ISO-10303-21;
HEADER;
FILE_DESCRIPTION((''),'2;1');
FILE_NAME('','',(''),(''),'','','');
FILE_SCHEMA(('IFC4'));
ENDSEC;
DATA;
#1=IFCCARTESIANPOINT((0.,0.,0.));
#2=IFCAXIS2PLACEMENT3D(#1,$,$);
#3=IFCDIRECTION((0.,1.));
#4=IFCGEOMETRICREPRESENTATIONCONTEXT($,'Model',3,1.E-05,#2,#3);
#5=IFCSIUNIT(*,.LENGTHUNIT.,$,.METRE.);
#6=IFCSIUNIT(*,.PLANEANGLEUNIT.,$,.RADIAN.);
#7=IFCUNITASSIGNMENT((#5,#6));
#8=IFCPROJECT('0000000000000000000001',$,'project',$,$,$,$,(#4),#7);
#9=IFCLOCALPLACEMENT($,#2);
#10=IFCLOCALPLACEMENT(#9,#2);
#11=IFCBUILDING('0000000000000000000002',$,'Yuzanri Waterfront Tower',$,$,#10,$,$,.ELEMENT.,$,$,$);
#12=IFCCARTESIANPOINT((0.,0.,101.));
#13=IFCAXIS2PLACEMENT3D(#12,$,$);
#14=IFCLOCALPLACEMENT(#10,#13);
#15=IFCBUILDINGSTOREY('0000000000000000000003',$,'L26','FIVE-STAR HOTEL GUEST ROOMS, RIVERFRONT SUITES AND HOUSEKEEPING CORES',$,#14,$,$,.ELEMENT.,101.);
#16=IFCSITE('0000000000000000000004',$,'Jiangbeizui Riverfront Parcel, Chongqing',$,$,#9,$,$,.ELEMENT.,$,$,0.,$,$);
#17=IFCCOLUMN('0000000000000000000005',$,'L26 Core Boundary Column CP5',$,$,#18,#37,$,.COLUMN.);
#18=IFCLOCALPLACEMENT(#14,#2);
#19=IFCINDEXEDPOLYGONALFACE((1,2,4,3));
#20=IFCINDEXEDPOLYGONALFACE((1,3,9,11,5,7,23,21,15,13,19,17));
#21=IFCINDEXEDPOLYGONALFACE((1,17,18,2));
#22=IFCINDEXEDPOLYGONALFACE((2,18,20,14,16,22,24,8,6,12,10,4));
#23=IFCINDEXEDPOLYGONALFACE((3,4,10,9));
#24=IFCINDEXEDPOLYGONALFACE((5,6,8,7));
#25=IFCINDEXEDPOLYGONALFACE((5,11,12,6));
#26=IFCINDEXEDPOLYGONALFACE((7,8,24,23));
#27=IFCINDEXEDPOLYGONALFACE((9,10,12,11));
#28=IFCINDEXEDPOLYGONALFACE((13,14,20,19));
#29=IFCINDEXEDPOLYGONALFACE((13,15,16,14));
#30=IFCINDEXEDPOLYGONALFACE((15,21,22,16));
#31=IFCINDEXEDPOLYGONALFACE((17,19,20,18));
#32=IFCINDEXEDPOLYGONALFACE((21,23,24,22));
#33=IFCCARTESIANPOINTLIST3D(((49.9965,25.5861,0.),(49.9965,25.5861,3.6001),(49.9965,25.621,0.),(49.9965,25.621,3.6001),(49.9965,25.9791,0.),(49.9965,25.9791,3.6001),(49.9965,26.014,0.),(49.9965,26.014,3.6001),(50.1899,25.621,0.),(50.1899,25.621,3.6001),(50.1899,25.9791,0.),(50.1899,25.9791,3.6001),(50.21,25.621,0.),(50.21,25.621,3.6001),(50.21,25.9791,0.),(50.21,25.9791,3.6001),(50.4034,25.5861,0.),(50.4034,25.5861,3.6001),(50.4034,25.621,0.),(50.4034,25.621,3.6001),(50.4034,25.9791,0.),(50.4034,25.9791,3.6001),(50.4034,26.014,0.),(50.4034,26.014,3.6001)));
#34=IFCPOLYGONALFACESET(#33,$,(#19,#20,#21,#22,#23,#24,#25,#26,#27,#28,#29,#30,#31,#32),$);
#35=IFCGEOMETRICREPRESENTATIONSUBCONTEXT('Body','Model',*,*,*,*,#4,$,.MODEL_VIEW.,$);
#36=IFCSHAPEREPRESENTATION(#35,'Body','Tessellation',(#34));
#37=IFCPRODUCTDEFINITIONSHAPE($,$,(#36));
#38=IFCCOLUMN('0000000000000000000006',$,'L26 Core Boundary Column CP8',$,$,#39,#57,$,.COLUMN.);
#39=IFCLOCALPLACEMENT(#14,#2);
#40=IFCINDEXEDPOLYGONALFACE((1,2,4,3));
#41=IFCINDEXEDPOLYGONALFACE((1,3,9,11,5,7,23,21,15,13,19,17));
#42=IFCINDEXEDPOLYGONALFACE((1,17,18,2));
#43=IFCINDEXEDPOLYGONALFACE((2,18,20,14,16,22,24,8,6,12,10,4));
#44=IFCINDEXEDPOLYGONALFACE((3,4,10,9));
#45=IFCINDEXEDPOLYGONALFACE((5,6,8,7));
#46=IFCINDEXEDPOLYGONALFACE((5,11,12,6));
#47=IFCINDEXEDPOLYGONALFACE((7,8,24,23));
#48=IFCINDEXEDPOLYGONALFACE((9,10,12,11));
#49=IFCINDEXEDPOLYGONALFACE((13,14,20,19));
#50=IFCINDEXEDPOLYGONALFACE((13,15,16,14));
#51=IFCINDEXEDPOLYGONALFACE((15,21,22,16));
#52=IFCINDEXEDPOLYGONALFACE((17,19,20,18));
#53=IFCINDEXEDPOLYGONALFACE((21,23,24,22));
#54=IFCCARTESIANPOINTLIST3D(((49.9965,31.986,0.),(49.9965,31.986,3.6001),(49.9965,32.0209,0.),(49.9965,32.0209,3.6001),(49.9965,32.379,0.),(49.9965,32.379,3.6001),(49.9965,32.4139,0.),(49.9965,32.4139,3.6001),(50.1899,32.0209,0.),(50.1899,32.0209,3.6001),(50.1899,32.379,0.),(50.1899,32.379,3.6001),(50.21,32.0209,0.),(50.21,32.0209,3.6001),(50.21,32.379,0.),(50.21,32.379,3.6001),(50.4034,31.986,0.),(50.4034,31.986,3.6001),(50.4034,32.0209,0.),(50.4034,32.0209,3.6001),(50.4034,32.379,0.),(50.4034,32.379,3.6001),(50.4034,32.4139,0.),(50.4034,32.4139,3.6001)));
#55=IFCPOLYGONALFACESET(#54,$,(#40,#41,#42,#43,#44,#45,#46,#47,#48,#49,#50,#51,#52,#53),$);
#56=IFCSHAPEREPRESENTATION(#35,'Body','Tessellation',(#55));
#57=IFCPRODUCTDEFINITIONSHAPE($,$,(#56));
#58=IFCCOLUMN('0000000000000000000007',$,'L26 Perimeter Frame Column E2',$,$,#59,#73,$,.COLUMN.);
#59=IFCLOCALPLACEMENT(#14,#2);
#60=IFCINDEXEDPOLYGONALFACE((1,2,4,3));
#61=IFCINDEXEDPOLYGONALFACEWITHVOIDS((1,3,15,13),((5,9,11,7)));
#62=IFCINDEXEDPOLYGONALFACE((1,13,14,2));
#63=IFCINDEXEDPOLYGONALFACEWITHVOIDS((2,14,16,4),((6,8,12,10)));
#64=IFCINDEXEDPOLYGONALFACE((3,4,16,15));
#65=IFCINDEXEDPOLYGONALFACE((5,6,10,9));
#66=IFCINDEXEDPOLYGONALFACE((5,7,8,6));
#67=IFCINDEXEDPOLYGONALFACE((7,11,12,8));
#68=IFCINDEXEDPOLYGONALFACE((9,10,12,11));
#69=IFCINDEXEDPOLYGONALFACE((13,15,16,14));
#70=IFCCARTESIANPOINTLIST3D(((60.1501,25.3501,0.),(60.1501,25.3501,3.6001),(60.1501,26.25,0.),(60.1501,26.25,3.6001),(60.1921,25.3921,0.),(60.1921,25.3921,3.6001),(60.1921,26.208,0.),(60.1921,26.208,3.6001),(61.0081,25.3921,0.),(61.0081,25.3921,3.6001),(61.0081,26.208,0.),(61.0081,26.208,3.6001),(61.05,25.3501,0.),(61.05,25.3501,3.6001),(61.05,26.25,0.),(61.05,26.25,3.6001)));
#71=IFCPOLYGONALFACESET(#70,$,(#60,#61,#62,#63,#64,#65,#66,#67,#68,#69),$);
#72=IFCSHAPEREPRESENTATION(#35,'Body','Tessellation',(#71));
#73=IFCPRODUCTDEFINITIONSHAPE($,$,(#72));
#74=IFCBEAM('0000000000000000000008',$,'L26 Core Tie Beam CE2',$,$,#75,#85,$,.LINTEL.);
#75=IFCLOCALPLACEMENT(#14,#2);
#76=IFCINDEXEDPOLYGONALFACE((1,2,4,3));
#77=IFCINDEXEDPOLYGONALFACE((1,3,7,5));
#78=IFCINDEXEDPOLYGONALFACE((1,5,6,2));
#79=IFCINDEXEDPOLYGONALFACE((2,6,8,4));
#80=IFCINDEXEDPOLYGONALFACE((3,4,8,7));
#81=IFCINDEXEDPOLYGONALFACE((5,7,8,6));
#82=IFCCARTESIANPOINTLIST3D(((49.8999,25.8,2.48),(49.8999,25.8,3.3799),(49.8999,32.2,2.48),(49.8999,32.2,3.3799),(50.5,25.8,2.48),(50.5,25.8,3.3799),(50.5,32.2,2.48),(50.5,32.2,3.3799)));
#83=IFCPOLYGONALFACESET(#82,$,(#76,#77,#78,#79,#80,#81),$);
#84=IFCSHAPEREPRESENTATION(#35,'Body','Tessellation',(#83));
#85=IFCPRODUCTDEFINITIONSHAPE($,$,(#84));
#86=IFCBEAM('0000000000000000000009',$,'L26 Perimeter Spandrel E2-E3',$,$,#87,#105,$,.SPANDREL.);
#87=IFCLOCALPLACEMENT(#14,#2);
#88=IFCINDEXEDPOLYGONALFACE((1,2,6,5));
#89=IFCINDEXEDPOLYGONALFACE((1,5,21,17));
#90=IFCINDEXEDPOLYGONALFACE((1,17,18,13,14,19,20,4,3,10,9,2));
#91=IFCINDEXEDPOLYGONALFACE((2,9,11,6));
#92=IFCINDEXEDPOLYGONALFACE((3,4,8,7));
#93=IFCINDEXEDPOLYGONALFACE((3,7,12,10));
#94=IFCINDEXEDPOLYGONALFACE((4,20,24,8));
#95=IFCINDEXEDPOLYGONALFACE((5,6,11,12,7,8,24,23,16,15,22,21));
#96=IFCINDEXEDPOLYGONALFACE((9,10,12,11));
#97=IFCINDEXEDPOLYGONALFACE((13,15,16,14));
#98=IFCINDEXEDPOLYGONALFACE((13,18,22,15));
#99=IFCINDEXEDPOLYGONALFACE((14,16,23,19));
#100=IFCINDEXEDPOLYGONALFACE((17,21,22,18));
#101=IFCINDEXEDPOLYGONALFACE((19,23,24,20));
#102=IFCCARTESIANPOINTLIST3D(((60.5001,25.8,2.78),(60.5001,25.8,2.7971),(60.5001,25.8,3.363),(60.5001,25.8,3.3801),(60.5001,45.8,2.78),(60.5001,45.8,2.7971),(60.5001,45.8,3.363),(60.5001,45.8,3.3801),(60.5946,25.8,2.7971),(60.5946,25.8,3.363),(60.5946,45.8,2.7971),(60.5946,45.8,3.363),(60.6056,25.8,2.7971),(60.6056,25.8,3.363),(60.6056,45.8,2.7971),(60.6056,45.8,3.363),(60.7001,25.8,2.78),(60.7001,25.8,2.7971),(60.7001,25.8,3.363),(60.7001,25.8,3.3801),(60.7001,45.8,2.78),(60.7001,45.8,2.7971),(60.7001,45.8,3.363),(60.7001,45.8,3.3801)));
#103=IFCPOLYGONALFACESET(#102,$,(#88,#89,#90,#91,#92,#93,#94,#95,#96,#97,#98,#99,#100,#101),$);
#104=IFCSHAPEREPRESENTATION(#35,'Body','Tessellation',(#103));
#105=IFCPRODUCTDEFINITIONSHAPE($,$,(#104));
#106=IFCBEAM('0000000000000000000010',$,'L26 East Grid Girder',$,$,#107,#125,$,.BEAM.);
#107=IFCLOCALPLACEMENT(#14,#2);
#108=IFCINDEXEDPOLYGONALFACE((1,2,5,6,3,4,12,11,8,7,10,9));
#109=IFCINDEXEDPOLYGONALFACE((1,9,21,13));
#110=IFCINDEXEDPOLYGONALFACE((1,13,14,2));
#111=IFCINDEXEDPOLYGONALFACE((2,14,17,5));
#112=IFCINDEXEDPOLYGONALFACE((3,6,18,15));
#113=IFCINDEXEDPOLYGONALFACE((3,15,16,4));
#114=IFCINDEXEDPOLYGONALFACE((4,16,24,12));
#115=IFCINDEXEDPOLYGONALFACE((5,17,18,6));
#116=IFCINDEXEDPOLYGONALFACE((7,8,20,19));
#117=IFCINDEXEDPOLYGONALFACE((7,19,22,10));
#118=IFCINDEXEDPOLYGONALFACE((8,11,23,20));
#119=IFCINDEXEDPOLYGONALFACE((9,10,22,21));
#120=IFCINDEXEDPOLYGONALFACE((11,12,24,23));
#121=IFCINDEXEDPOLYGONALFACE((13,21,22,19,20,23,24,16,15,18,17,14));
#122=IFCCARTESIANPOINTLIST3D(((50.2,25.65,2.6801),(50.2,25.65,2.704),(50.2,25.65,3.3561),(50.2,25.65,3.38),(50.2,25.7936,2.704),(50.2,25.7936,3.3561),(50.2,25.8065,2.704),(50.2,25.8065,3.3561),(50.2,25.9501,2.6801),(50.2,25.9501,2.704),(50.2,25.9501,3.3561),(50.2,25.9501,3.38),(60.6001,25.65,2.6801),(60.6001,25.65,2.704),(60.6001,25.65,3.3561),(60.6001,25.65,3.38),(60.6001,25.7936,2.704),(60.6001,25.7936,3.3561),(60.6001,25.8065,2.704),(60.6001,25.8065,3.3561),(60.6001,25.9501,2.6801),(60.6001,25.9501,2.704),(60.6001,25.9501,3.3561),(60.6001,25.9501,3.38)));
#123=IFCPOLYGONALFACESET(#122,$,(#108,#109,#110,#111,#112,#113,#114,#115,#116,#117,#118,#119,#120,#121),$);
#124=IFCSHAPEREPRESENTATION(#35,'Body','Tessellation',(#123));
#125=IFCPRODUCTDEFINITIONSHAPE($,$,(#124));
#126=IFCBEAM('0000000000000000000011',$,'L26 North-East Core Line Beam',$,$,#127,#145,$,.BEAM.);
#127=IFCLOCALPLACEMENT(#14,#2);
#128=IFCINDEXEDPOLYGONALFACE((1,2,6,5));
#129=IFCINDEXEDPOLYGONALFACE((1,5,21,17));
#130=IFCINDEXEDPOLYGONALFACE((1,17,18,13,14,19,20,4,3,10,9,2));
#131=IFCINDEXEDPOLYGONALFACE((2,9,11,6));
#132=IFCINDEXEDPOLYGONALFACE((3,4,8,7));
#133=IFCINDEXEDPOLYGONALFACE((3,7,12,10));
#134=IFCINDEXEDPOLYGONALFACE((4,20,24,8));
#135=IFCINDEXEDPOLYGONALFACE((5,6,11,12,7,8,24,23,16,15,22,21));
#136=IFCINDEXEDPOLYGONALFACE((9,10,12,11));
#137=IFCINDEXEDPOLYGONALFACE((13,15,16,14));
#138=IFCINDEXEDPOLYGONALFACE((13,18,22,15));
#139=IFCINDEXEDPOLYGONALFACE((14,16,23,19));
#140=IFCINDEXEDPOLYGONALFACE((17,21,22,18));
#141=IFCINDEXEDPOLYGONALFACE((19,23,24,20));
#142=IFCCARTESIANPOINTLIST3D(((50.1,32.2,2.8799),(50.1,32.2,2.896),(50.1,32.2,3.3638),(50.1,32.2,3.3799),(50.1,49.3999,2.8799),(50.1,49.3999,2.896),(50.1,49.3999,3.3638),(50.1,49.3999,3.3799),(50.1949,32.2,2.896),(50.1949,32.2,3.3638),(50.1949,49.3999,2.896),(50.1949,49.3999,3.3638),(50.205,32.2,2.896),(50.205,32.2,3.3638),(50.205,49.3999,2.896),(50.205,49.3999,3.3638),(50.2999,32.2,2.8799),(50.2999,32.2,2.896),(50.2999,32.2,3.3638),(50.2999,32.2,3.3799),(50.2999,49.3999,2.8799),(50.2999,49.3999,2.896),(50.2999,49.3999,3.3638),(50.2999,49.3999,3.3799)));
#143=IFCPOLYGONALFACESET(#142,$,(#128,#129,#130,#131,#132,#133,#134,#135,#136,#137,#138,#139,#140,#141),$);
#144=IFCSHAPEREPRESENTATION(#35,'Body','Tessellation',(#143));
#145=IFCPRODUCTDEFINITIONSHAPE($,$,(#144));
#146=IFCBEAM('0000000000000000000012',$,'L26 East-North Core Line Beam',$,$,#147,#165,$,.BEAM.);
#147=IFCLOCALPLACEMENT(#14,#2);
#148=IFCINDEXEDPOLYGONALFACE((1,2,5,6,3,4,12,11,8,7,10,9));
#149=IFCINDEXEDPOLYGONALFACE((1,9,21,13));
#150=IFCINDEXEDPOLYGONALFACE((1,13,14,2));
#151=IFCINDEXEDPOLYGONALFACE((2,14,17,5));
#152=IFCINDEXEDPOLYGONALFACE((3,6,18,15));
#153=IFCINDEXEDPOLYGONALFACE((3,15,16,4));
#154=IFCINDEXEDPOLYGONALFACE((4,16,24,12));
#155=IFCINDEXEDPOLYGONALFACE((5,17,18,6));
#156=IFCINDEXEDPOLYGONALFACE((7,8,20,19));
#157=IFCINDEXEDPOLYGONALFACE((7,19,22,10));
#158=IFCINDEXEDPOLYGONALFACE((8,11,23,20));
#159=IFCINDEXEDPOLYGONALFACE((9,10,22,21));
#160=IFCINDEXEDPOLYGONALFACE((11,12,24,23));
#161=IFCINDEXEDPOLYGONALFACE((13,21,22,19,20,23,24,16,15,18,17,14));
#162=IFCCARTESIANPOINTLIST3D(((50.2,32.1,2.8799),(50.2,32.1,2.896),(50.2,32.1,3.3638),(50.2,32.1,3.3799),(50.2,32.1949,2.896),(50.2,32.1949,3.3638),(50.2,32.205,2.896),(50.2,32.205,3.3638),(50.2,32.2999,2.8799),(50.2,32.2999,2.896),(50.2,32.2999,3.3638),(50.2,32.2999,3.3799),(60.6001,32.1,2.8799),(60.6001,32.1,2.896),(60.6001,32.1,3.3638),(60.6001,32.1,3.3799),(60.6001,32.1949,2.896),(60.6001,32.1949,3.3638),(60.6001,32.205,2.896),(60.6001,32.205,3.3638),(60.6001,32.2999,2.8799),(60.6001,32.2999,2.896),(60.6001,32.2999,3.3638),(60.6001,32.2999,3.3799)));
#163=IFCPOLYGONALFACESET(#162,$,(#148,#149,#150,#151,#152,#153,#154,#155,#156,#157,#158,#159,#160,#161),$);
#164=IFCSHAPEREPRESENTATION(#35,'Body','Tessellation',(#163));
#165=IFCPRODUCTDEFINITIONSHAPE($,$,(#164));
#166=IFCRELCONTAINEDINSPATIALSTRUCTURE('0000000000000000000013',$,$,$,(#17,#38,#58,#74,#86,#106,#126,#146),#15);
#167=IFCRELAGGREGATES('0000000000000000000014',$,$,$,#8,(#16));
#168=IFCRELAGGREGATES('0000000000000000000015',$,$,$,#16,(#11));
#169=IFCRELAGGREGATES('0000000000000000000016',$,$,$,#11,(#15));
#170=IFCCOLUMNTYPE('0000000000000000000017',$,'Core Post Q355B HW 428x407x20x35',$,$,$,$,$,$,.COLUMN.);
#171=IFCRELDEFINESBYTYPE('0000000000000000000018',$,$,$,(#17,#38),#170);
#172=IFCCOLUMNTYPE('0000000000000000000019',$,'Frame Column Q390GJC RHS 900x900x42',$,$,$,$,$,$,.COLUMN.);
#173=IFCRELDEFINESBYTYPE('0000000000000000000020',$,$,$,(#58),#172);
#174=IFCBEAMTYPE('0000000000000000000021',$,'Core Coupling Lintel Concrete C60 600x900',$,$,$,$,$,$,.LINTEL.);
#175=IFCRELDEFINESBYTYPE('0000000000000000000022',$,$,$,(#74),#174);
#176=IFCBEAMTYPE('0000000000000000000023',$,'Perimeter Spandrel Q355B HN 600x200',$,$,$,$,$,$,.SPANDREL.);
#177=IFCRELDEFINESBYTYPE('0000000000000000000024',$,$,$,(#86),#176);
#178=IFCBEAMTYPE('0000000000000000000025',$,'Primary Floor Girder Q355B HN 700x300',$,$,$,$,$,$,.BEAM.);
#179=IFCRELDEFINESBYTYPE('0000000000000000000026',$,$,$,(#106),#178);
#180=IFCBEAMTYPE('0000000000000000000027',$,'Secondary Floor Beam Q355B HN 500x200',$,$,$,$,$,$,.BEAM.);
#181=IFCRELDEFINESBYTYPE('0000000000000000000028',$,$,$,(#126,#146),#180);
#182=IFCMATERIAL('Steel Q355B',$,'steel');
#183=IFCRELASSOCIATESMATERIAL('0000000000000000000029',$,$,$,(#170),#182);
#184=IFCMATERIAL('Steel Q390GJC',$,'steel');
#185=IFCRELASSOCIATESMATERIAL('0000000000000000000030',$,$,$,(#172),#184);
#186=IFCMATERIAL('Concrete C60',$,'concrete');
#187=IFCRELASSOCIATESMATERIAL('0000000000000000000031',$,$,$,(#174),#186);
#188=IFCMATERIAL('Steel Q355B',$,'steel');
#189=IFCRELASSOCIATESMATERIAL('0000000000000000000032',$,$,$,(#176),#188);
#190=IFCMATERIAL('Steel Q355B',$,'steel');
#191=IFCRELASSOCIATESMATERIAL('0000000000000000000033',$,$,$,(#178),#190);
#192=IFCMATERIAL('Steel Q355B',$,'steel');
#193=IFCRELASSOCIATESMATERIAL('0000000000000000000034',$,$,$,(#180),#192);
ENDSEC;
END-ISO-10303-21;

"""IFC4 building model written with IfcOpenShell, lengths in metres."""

from ifc_helpers import new_model, si_unit, direction, frame, origin, origin_2d, place, context, subcontext, project, spatial, rectangle, hollow_rectangle, i_section, extrude, source, transform, mapped, material, material_profile, profile_set, type_object, element, save


model = new_model("IFC4")

# Units and contexts
model_context = context("Model", 3, precision=1e-05, world=origin(), true_north=direction((0.0, 1.0)))
body_context = subcontext(model_context, "Body", "Model", "MODEL_VIEW")
ifc_project = project(units=[si_unit("LENGTHUNIT", "METRE"), si_unit("PLANEANGLEUNIT", "RADIAN")], contexts=[model_context])

# Site, building, storey
site_placement = place(None, origin())
site = spatial("IfcSite", under=ifc_project, at=site_placement, Name="Jiangbeizui Riverfront Parcel, Chongqing", CompositionType="ELEMENT", RefElevation=0.0)
building_placement = place(site_placement, origin())
building = spatial("IfcBuilding", under=site, at=building_placement, Name="Yuzanri Waterfront Tower", CompositionType="ELEMENT")
storey_placement = place(building_placement, frame((0.0, 0.0, 101.0)))
storey = spatial("IfcBuildingStorey", under=building, at=storey_placement, Name="L26", Description="FIVE-STAR HOTEL GUEST ROOMS, RIVERFRONT SUITES AND HOUSEKEEPING CORES", CompositionType="ELEMENT", Elevation=101.0)

# Columns
ifc_material_1 = material(Name="Steel Q355B", Category="steel")
ifc_material_profile_1 = material_profile(ifc_material_1, i_section(OverallWidth=0.407, OverallDepth=0.428, WebThickness=0.02, FlangeThickness=0.0349, at=origin_2d()), Name="HW 428x407x20x35")
ifc_profile_set_1 = profile_set([ifc_material_profile_1], Name="Steel Q355B")
column_type_1 = type_object("IfcColumnType", Name="Core Post Q355B HW 428x407x20x35", PredefinedType="COLUMN", material=ifc_profile_set_1)
shared_shape_1 = source(origin(), body_context, "Body", "SweptSolid", [
    extrude(i_section(OverallWidth=0.407, OverallDepth=0.428, WebThickness=0.02, FlangeThickness=0.0349, at=origin_2d()), origin(), (0.0, 0.0, 1.0), 3.6001),
])
for number, where, z_axis, x_axis, name in (
    (1, (50.2, 25.8, 0.0), (0.0, 0.0, 1.0), (1.0, 0.0, 0.0), "L26 Core Boundary Column CP5"),
    (2, (50.2, 32.2, 0.0), (0.0, 0.0, 1.0), (1.0, 0.0, 0.0), "L26 Core Boundary Column CP8"),
):
    element("IfcColumn", number, at=place(storey_placement, frame(where, z_axis=z_axis, x_axis=x_axis)), inside=storey, type_object=column_type_1, Name=name, PredefinedType="COLUMN", context=body_context, shape_type="MappedRepresentation", body=[
        mapped(shared_shape_1, transform((0.0, 0.0, 0.0), scale=1.0)),
    ])
ifc_material_2 = material(Name="Steel Q390GJC", Category="steel")
ifc_material_profile_2 = material_profile(ifc_material_2, hollow_rectangle(XDim=0.8999, YDim=0.8999, WallThickness=0.042, at=origin_2d()), Name="RHS 900x900x42")
ifc_profile_set_2 = profile_set([ifc_material_profile_2], Name="Steel Q390GJC")
column_type_2 = type_object("IfcColumnType", Name="Frame Column Q390GJC RHS 900x900x42", PredefinedType="COLUMN", material=ifc_profile_set_2)
shared_shape_2 = source(origin(), body_context, "Body", "SweptSolid", [
    extrude(hollow_rectangle(XDim=0.8999, YDim=0.8999, WallThickness=0.042, at=origin_2d()), origin(), (0.0, 0.0, 1.0), 3.6001),
])
column_placement = place(storey_placement, frame((60.6001, 25.8, 0.0), z_axis=(0.0, 0.0, 1.0), x_axis=(1.0, 0.0, 0.0)))
element("IfcColumn", 3, at=column_placement, inside=storey, type_object=column_type_2, Name="L26 Perimeter Frame Column E2", PredefinedType="COLUMN", context=body_context, shape_type="MappedRepresentation", body=[
    mapped(shared_shape_2, transform((0.0, 0.0, 0.0), scale=1.0)),
])

# Beams
ifc_material_3 = material(Name="Concrete C60", Category="concrete")
ifc_material_profile_3 = material_profile(ifc_material_3, rectangle(XDim=0.6001, YDim=0.8999, at=origin_2d()), Name="RC 600x900")
ifc_profile_set_3 = profile_set([ifc_material_profile_3], Name="Concrete C60")
beam_type_1 = type_object("IfcBeamType", Name="Core Coupling Lintel Concrete C60 600x900", PredefinedType="LINTEL", material=ifc_profile_set_3)
shared_shape_3 = source(origin(), body_context, "Body", "SweptSolid", [
    extrude(rectangle(XDim=0.6001, YDim=0.8999, at=origin_2d()), origin(), (0.0, 0.0, 1.0), 6.3999),
])
beam_1_placement = place(storey_placement, frame((50.2, 25.8, 2.9299), z_axis=(0.0, 1.0, 0.0), x_axis=(-1.0, 0.0, 0.0)))
element("IfcBeam", 4, at=beam_1_placement, inside=storey, type_object=beam_type_1, Name="L26 Core Tie Beam CE2", PredefinedType="LINTEL", context=body_context, shape_type="MappedRepresentation", body=[
    mapped(shared_shape_3, transform((0.0, 0.0, 0.0), scale=1.0)),
])
ifc_material_4 = material(Name="Steel Q355B", Category="steel")
ifc_material_profile_4 = material_profile(ifc_material_4, i_section(OverallWidth=0.2, OverallDepth=0.6001, WebThickness=0.011, FlangeThickness=0.0171, at=origin_2d()), Name="HN 600x200x11x17")
ifc_profile_set_4 = profile_set([ifc_material_profile_4], Name="Steel Q355B")
beam_type_2 = type_object("IfcBeamType", Name="Perimeter Spandrel Q355B HN 600x200", PredefinedType="SPANDREL", material=ifc_profile_set_4)
shared_shape_4 = source(origin(), body_context, "Body", "SweptSolid", [
    extrude(i_section(OverallWidth=0.2, OverallDepth=0.6001, WebThickness=0.011, FlangeThickness=0.0171, at=origin_2d()), origin(), (0.0, 0.0, 1.0), 20.0),
])
beam_2_placement = place(storey_placement, frame((60.6001, 25.8, 3.0801), z_axis=(0.0, 1.0, 0.0), x_axis=(-1.0, 0.0, 0.0)))
element("IfcBeam", 5, at=beam_2_placement, inside=storey, type_object=beam_type_2, Name="L26 Perimeter Spandrel E2-E3", PredefinedType="SPANDREL", context=body_context, shape_type="MappedRepresentation", body=[
    mapped(shared_shape_4, transform((0.0, 0.0, 0.0), scale=1.0)),
])
ifc_material_5 = material(Name="Steel Q355B", Category="steel")
ifc_material_profile_5 = material_profile(ifc_material_5, i_section(OverallWidth=0.3, OverallDepth=0.7, WebThickness=0.0129, FlangeThickness=0.0239, at=origin_2d()), Name="HN 700x300x13x24")
ifc_profile_set_5 = profile_set([ifc_material_profile_5], Name="Steel Q355B")
beam_type_3 = type_object("IfcBeamType", Name="Primary Floor Girder Q355B HN 700x300", PredefinedType="BEAM", material=ifc_profile_set_5)
shared_shape_5 = source(origin(), body_context, "Body", "SweptSolid", [
    extrude(i_section(OverallWidth=0.3, OverallDepth=0.7, WebThickness=0.0129, FlangeThickness=0.0239, at=origin_2d()), origin(), (0.0, 0.0, 1.0), 10.4001),
])
beam_3_placement = place(storey_placement, frame((50.2, 25.8, 3.03), z_axis=(1.0, 0.0, 0.0), x_axis=(0.0, 1.0, 0.0)))
element("IfcBeam", 6, at=beam_3_placement, inside=storey, type_object=beam_type_3, Name="L26 East Grid Girder", PredefinedType="BEAM", context=body_context, shape_type="MappedRepresentation", body=[
    mapped(shared_shape_5, transform((0.0, 0.0, 0.0), scale=1.0)),
])
ifc_material_6 = material(Name="Steel Q355B", Category="steel")
ifc_material_profile_6 = material_profile(ifc_material_6, i_section(OverallWidth=0.2, OverallDepth=0.5, WebThickness=0.01, FlangeThickness=0.0161, at=origin_2d()), Name="HN 500x200x10x16")
ifc_profile_set_6 = profile_set([ifc_material_profile_6], Name="Steel Q355B")
beam_type_4 = type_object("IfcBeamType", Name="Secondary Floor Beam Q355B HN 500x200", PredefinedType="BEAM", material=ifc_profile_set_6)
shared_shape_6 = source(origin(), body_context, "Body", "SweptSolid", [
    extrude(i_section(OverallWidth=0.2, OverallDepth=0.5, WebThickness=0.01, FlangeThickness=0.0161, at=origin_2d()), origin(), (0.0, 0.0, 1.0), 17.2),
])
beam_4_placement = place(storey_placement, frame((50.2, 32.2, 3.1299), z_axis=(0.0, 1.0, 0.0), x_axis=(-1.0, 0.0, 0.0)))
element("IfcBeam", 7, at=beam_4_placement, inside=storey, type_object=beam_type_4, Name="L26 North-East Core Line Beam", PredefinedType="BEAM", context=body_context, shape_type="MappedRepresentation", body=[
    mapped(shared_shape_6, transform((0.0, 0.0, 0.0), scale=1.0)),
])
shared_shape_7 = source(origin(), body_context, "Body", "SweptSolid", [
    extrude(i_section(OverallWidth=0.2, OverallDepth=0.5, WebThickness=0.01, FlangeThickness=0.0161, at=origin_2d()), origin(), (0.0, 0.0, 1.0), 10.4001),
])
beam_5_placement = place(storey_placement, frame((50.2, 32.2, 3.1299), z_axis=(1.0, 0.0, 0.0), x_axis=(0.0, 1.0, 0.0)))
element("IfcBeam", 8, at=beam_5_placement, inside=storey, type_object=beam_type_4, Name="L26 East-North Core Line Beam", PredefinedType="BEAM", context=body_context, shape_type="MappedRepresentation", body=[
    mapped(shared_shape_7, transform((0.0, 0.0, 0.0), scale=1.0)),
])

save(model, "model.ifc")
